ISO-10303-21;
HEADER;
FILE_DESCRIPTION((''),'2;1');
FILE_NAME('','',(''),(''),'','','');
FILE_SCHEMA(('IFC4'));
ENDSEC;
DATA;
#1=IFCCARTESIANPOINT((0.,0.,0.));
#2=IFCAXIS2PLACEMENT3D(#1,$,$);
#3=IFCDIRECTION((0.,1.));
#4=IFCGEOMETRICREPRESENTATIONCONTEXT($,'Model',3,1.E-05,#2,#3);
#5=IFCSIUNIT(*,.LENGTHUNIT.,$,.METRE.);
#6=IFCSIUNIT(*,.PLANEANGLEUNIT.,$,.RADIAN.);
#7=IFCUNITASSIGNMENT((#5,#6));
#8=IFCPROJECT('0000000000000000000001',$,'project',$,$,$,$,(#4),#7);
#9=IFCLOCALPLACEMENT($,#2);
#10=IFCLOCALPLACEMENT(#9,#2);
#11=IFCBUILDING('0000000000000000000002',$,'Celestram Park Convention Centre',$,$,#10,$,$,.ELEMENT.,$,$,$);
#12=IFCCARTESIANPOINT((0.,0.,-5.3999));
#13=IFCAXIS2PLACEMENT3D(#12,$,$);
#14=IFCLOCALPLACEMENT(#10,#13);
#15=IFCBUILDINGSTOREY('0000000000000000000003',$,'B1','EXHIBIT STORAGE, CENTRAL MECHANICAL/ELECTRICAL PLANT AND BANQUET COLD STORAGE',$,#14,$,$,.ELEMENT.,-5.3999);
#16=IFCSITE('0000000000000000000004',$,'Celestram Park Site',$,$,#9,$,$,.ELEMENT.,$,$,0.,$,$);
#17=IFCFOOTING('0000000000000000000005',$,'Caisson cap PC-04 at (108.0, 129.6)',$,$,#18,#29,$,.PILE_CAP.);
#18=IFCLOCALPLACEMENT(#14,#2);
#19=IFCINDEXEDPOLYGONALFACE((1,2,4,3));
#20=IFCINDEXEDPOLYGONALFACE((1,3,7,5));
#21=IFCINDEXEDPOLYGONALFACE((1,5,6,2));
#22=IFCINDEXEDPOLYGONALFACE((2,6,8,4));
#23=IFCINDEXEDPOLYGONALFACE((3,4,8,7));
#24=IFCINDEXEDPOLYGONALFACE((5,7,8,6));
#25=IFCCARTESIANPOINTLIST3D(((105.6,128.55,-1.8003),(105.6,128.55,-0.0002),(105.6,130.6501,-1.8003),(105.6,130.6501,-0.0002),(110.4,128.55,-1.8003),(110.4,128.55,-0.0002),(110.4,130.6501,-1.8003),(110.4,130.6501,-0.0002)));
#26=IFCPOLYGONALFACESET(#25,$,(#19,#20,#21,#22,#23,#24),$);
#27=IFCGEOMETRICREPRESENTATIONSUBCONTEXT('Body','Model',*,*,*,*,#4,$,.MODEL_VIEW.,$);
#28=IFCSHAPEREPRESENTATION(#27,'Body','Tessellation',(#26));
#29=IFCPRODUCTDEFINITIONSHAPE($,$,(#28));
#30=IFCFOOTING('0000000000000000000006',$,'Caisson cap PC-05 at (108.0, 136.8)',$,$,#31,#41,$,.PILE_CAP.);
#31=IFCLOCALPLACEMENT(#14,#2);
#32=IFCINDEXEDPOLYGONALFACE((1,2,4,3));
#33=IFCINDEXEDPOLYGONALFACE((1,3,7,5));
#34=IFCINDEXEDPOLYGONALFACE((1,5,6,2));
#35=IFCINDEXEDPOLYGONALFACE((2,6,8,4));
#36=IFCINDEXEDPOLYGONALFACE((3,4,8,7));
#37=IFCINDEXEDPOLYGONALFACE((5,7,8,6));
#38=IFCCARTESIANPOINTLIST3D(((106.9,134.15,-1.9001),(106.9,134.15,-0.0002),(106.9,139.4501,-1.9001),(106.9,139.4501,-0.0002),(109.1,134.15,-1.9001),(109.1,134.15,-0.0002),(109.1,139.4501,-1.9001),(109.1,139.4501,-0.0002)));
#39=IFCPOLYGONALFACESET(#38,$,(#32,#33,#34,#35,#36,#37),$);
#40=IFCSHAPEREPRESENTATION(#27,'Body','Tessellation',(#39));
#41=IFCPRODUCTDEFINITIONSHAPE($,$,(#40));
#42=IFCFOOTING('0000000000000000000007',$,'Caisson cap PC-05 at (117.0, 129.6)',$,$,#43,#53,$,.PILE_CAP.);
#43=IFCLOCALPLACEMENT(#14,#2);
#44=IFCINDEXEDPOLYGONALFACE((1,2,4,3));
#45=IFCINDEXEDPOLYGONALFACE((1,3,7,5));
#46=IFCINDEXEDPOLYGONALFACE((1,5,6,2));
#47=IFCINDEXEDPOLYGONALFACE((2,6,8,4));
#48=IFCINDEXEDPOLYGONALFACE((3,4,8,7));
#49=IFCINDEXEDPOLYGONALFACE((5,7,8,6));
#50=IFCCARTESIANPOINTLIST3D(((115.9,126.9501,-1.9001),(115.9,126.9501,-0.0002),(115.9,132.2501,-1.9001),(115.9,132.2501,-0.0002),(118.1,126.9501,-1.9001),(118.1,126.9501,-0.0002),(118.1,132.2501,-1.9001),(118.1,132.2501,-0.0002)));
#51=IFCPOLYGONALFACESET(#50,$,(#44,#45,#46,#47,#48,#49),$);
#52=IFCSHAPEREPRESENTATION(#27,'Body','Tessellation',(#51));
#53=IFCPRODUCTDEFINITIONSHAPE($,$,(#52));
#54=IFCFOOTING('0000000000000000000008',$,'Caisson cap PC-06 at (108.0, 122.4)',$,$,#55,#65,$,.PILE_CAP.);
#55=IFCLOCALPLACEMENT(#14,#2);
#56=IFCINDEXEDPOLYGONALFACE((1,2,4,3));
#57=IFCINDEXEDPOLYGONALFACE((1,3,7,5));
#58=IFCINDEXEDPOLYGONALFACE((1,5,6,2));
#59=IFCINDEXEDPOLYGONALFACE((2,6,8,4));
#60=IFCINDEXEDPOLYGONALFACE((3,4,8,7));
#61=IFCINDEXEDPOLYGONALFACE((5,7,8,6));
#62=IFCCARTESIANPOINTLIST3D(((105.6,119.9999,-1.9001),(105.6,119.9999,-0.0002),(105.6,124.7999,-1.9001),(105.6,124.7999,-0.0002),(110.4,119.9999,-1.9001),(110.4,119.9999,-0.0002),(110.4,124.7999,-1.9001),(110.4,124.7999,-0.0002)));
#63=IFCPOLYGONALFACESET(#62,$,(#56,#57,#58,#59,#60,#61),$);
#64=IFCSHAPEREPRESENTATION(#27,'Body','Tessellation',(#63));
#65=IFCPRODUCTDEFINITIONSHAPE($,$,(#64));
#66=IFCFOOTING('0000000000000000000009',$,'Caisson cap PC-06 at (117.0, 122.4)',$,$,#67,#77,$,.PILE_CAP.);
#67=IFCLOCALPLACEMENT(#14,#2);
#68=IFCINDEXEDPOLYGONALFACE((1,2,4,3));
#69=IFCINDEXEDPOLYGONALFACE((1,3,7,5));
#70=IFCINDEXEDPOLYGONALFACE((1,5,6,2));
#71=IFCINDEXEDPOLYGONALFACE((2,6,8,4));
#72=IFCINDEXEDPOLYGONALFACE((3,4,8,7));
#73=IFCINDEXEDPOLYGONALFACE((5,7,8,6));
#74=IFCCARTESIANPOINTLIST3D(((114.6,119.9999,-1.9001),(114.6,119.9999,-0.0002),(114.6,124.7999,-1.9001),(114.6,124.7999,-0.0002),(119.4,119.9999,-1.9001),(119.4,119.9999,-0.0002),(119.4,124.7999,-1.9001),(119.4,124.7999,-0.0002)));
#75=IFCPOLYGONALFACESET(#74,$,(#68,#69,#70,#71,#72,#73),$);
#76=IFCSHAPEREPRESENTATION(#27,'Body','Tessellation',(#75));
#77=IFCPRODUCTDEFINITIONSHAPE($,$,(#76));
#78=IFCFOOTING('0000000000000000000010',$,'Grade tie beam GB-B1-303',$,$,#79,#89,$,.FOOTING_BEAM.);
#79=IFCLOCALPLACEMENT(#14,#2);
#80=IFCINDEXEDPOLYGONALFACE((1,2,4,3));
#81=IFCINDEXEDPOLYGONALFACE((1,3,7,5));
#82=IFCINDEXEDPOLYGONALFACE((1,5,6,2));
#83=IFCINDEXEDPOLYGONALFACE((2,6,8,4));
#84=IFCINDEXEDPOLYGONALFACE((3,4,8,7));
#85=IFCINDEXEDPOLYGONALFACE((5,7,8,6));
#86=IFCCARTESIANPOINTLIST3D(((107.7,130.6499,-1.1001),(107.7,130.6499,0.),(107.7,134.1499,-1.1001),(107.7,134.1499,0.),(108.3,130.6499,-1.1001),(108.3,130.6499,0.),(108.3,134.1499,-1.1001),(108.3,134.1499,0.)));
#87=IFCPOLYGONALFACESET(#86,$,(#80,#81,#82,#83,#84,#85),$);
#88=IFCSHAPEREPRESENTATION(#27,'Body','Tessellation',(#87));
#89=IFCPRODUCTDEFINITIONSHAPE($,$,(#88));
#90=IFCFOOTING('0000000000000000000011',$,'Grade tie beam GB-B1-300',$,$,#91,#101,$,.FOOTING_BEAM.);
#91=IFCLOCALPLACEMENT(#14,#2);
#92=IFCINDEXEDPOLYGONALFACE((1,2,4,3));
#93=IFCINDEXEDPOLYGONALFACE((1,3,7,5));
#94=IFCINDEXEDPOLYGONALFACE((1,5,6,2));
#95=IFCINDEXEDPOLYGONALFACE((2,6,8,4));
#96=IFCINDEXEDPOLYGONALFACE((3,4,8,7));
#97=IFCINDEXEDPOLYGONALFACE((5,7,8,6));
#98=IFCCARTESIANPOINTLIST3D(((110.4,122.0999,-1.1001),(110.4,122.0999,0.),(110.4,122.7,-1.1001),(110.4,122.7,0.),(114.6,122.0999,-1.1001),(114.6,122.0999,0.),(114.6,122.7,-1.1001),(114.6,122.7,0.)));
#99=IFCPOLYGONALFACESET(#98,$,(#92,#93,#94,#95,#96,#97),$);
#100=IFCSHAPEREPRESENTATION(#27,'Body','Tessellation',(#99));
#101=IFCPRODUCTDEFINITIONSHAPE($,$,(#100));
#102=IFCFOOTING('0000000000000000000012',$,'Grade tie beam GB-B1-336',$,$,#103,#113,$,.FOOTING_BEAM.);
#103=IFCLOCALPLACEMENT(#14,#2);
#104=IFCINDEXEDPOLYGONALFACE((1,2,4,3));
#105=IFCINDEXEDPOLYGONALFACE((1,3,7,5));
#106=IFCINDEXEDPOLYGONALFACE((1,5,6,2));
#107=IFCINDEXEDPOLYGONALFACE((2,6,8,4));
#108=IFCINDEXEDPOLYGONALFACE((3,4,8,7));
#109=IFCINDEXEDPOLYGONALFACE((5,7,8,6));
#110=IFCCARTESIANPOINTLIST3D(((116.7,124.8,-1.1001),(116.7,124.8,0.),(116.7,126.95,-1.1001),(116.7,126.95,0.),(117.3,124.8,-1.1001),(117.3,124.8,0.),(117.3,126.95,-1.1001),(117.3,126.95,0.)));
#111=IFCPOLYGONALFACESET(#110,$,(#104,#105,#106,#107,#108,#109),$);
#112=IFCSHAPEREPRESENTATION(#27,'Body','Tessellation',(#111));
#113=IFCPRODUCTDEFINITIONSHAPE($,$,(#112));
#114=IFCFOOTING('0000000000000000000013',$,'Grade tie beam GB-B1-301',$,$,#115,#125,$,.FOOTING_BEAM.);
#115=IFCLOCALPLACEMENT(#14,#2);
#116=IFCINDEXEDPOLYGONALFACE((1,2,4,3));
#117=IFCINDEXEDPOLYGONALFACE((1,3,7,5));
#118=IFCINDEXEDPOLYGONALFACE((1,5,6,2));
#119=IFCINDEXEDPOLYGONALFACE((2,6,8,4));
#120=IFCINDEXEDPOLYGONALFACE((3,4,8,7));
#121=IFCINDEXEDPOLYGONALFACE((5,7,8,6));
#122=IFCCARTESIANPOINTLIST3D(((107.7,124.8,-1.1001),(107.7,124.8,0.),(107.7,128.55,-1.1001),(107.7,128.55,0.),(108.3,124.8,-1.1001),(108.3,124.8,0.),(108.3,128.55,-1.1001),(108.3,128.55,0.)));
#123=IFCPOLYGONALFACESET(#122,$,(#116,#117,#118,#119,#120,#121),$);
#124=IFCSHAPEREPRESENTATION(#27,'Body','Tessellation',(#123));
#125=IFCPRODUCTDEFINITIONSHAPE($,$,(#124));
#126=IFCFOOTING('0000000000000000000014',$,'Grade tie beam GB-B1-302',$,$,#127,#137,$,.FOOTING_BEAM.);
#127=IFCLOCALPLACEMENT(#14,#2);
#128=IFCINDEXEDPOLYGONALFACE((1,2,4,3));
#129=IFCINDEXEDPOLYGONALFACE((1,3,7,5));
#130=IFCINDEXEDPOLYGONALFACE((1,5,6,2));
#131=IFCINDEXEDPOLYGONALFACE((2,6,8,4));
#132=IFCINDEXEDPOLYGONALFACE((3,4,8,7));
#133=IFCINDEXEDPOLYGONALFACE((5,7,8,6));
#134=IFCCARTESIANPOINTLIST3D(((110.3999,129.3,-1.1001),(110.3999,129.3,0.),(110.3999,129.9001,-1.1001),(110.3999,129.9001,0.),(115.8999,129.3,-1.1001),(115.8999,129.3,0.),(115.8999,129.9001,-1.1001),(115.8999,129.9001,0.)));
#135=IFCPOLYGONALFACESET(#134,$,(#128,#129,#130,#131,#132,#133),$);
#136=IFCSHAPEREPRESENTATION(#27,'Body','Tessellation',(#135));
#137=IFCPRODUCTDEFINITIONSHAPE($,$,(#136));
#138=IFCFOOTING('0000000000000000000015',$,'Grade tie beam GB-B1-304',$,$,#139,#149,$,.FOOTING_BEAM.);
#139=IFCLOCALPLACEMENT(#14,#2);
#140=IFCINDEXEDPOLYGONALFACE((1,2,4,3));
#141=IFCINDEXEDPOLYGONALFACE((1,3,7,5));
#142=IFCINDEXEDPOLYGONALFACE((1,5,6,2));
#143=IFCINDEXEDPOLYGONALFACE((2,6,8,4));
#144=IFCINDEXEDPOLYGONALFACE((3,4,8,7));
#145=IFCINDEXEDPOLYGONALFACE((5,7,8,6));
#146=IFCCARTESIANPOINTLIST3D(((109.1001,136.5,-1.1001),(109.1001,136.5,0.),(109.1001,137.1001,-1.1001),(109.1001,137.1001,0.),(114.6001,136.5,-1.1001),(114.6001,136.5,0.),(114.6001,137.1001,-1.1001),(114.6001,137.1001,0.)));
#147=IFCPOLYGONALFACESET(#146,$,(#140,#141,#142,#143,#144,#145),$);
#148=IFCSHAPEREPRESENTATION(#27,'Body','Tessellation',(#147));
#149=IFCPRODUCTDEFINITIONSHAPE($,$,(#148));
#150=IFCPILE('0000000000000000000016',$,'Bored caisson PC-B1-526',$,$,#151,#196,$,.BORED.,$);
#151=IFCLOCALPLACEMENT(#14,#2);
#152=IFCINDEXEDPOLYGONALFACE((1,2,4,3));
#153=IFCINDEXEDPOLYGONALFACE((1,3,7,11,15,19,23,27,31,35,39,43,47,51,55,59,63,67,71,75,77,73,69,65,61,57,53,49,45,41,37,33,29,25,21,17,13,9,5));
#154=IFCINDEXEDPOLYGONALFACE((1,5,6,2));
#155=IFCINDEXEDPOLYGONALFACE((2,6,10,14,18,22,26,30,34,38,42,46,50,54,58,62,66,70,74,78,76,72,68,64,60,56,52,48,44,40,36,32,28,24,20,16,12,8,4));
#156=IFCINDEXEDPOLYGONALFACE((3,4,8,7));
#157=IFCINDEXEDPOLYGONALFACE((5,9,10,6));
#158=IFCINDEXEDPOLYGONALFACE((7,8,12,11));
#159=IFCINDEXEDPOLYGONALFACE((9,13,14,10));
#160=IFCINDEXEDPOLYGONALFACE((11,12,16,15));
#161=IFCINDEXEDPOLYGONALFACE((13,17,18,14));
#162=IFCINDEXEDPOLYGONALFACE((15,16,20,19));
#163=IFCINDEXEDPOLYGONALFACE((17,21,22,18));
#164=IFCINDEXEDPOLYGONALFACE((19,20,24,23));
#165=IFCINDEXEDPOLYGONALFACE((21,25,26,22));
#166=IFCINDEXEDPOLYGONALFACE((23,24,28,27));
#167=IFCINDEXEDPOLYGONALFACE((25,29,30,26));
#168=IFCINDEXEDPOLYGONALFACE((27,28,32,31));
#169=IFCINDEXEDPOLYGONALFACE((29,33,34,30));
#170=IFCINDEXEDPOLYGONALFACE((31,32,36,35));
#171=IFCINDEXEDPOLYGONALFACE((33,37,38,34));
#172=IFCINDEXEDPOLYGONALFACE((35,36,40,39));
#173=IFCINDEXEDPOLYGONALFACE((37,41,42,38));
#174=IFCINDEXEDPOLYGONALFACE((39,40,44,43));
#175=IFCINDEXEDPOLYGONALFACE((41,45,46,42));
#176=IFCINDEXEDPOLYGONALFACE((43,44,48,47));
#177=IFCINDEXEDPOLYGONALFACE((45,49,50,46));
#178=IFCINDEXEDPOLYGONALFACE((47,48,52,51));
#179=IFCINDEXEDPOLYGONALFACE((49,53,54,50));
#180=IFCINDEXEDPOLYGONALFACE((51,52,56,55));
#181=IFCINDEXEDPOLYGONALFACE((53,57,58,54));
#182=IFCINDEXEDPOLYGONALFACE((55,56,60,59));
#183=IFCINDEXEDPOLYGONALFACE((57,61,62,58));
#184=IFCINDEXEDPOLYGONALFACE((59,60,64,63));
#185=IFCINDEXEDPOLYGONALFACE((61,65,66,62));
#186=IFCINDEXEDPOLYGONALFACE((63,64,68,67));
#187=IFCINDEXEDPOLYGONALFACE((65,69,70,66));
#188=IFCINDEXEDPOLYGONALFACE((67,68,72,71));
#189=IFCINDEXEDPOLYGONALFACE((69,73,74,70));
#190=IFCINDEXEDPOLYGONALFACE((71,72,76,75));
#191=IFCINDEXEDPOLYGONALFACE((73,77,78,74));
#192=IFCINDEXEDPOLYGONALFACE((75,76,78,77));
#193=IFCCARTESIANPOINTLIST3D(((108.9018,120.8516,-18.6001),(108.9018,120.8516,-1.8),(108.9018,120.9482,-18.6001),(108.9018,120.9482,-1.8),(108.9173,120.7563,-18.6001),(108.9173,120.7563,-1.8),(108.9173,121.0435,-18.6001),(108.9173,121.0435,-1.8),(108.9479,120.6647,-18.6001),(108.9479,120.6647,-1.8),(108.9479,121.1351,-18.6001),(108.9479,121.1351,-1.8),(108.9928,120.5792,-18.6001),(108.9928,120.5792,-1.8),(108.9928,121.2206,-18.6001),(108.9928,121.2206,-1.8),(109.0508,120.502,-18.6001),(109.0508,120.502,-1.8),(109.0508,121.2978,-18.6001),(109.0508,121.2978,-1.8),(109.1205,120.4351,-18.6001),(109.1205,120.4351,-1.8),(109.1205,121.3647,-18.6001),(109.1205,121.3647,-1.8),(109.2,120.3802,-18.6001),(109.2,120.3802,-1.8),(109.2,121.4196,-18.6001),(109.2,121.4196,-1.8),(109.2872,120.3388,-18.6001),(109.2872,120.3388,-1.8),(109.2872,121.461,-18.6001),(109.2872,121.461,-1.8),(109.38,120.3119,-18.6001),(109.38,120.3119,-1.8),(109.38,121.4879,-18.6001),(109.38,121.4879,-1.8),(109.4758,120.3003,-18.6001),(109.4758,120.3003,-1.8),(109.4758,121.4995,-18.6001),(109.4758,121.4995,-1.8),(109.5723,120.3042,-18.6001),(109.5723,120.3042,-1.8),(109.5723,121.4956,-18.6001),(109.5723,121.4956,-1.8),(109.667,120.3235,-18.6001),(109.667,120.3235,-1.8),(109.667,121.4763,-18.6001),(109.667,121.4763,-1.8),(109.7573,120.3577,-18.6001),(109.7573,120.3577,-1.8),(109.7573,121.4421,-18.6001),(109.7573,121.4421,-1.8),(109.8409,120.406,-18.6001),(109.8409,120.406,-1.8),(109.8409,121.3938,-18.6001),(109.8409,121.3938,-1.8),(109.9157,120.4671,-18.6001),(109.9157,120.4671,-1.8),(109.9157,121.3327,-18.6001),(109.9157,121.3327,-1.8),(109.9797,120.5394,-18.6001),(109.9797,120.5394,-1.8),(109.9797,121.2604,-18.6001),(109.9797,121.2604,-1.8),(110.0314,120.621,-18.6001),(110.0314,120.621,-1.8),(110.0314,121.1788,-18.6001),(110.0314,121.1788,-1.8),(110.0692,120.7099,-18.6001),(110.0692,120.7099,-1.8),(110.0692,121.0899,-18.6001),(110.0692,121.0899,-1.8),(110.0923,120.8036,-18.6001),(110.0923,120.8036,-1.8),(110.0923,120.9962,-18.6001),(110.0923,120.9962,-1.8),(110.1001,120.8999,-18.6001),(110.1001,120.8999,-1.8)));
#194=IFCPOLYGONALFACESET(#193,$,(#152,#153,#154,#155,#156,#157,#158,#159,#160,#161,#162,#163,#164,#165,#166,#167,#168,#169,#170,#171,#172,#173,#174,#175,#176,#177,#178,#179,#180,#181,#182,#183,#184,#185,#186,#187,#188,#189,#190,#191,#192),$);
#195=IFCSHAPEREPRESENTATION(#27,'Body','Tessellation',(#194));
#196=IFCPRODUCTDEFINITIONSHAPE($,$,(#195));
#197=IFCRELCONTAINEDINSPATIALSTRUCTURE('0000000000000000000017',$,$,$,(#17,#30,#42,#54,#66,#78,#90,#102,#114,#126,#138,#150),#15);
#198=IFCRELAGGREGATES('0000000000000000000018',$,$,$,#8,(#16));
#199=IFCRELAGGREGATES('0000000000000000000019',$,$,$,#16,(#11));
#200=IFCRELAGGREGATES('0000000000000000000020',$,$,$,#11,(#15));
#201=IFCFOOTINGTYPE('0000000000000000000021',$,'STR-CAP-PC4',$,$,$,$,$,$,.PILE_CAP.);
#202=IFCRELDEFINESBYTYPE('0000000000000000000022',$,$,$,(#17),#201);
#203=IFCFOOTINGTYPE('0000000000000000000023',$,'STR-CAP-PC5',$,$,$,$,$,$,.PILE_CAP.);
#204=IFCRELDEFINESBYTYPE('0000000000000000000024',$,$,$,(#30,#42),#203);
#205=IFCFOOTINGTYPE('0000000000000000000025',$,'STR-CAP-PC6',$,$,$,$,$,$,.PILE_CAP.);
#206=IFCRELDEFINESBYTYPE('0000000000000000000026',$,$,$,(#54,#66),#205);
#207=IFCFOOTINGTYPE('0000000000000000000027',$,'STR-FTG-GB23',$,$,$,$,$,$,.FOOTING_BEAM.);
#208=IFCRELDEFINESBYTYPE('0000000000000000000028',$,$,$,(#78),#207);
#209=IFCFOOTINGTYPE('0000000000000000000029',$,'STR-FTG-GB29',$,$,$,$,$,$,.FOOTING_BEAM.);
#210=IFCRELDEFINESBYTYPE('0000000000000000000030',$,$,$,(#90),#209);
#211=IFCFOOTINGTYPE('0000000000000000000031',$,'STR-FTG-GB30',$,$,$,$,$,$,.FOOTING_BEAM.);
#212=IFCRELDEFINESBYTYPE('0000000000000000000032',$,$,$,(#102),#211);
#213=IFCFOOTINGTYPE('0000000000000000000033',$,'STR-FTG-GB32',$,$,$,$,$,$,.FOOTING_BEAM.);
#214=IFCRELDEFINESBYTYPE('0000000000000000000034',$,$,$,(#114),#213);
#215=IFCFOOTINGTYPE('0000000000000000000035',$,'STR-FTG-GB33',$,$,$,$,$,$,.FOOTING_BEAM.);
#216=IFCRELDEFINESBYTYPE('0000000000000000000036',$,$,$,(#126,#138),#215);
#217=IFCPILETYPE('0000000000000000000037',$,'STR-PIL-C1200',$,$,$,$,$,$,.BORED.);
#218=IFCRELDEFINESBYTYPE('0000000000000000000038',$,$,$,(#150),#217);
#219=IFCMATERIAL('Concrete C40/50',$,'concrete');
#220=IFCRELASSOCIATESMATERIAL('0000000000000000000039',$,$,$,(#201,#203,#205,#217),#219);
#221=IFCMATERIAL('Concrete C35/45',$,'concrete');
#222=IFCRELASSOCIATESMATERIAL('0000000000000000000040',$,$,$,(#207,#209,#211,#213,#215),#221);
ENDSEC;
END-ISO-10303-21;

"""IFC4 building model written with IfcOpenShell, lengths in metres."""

from ifc_helpers import new_model, si_unit, direction, frame, origin, origin_2d, place, context, subcontext, project, spatial, rectangle, circle, extrude, material, material_profile, profile_set, type_object, element, save


model = new_model("IFC4")

# Units and contexts
model_context = context("Model", 3, precision=1e-05, world=origin(), true_north=direction((0.0, 1.0)))
body_context = subcontext(model_context, "Body", "Model", "MODEL_VIEW")
ifc_project = project(units=[si_unit("LENGTHUNIT", "METRE"), si_unit("PLANEANGLEUNIT", "RADIAN")], contexts=[model_context])

# Site, building, storey
site_placement = place(None, origin())
site = spatial("IfcSite", under=ifc_project, at=site_placement, Name="Celestram Park Site", CompositionType="ELEMENT", RefElevation=0.0)
building_placement = place(site_placement, origin())
building = spatial("IfcBuilding", under=site, at=building_placement, Name="Celestram Park Convention Centre", CompositionType="ELEMENT")
storey_placement = place(building_placement, frame((0.0, 0.0, -5.3999)))
storey = spatial("IfcBuildingStorey", under=building, at=storey_placement, Name="B1", Description="EXHIBIT STORAGE, CENTRAL MECHANICAL/ELECTRICAL PLANT AND BANQUET COLD STORAGE", CompositionType="ELEMENT", Elevation=-5.3999)

# Footings
ifc_material_1 = material(Name="Concrete C40/50", Category="concrete")
footing_type_1 = type_object("IfcFootingType", Name="STR-CAP-PC4", PredefinedType="PILE_CAP", material=ifc_material_1)
footing_1_placement = place(storey_placement, frame((108.0, 129.6001, -1.8003), z_axis=(0.0, 0.0, 1.0), x_axis=(1.0, 0.0, 0.0)))
element("IfcFooting", 1, at=footing_1_placement, inside=storey, type_object=footing_type_1, Name="Caisson cap PC-04 at (108.0, 129.6)", PredefinedType="PILE_CAP", context=body_context, shape_type="SweptSolid", body=[
    extrude(rectangle(XDim=4.8, YDim=2.1001, at=origin_2d()), origin(), (0.0, 0.0, 1.0), 1.8),
])
footing_type_2 = type_object("IfcFootingType", Name="STR-CAP-PC5", PredefinedType="PILE_CAP", material=ifc_material_1)
for number, where, z_axis, x_axis, name in (
    (2, (108.0, 136.8, -1.9001), (0.0, 0.0, 1.0), (1.0, 0.0, 0.0), "Caisson cap PC-05 at (108.0, 136.8)"),
    (3, (117.0, 129.6001, -1.9001), (0.0, 0.0, 1.0), (1.0, 0.0, 0.0), "Caisson cap PC-05 at (117.0, 129.6)"),
):
    element("IfcFooting", number, at=place(storey_placement, frame(where, z_axis=z_axis, x_axis=x_axis)), inside=storey, type_object=footing_type_2, Name=name, PredefinedType="PILE_CAP", context=body_context, shape_type="SweptSolid", body=[
        extrude(rectangle(XDim=2.2, YDim=5.3, at=origin_2d()), origin(), (0.0, 0.0, 1.0), 1.8999),
    ])
footing_type_3 = type_object("IfcFootingType", Name="STR-CAP-PC6", PredefinedType="PILE_CAP", material=ifc_material_1)
for number, where, z_axis, x_axis, name in (
    (4, (108.0, 122.3999, -1.9001), (0.0, 0.0, 1.0), (1.0, 0.0, 0.0), "Caisson cap PC-06 at (108.0, 122.4)"),
    (5, (117.0, 122.3999, -1.9001), (0.0, 0.0, 1.0), (1.0, 0.0, 0.0), "Caisson cap PC-06 at (117.0, 122.4)"),
):
    element("IfcFooting", number, at=place(storey_placement, frame(where, z_axis=z_axis, x_axis=x_axis)), inside=storey, type_object=footing_type_3, Name=name, PredefinedType="PILE_CAP", context=body_context, shape_type="SweptSolid", body=[
        extrude(rectangle(XDim=4.8, YDim=4.8, at=origin_2d()), origin(), (0.0, 0.0, 1.0), 1.8999),
    ])
ifc_material_2 = material(Name="Concrete C35/45", Category="concrete")
footing_type_4 = type_object("IfcFootingType", Name="STR-FTG-GB23", PredefinedType="FOOTING_BEAM", material=ifc_material_2)
footing_2_placement = place(storey_placement, frame((108.0, 132.3999, -1.1001), z_axis=(0.0, 0.0, 1.0), x_axis=(0.0, 1.0, 0.0)))
element("IfcFooting", 6, at=footing_2_placement, inside=storey, type_object=footing_type_4, Name="Grade tie beam GB-B1-303", PredefinedType="FOOTING_BEAM", context=body_context, shape_type="SweptSolid", body=[
    extrude(rectangle(XDim=3.5, YDim=0.6001, at=origin_2d()), origin(), (0.0, 0.0, 1.0), 1.1001),
])
footing_type_5 = type_object("IfcFootingType", Name="STR-FTG-GB29", PredefinedType="FOOTING_BEAM", material=ifc_material_2)
footing_3_placement = place(storey_placement, frame((112.5, 122.3999, -1.1001), z_axis=(0.0, 0.0, 1.0), x_axis=(1.0, 0.0, 0.0)))
element("IfcFooting", 7, at=footing_3_placement, inside=storey, type_object=footing_type_5, Name="Grade tie beam GB-B1-300", PredefinedType="FOOTING_BEAM", context=body_context, shape_type="SweptSolid", body=[
    extrude(rectangle(XDim=4.2, YDim=0.6001, at=origin_2d()), origin(), (0.0, 0.0, 1.0), 1.1001),
])
footing_type_6 = type_object("IfcFootingType", Name="STR-FTG-GB30", PredefinedType="FOOTING_BEAM", material=ifc_material_2)
footing_4_placement = place(storey_placement, frame((117.0, 125.875, -1.1001), z_axis=(0.0, 0.0, 1.0), x_axis=(0.0, 1.0, 0.0)))
element("IfcFooting", 8, at=footing_4_placement, inside=storey, type_object=footing_type_6, Name="Grade tie beam GB-B1-336", PredefinedType="FOOTING_BEAM", context=body_context, shape_type="SweptSolid", body=[
    extrude(rectangle(XDim=2.1499, YDim=0.6001, at=origin_2d()), origin(), (0.0, 0.0, 1.0), 1.1001),
])
footing_type_7 = type_object("IfcFootingType", Name="STR-FTG-GB32", PredefinedType="FOOTING_BEAM", material=ifc_material_2)
footing_5_placement = place(storey_placement, frame((108.0, 126.675, -1.1001), z_axis=(0.0, 0.0, 1.0), x_axis=(0.0, 1.0, 0.0)))
element("IfcFooting", 9, at=footing_5_placement, inside=storey, type_object=footing_type_7, Name="Grade tie beam GB-B1-301", PredefinedType="FOOTING_BEAM", context=body_context, shape_type="SweptSolid", body=[
    extrude(rectangle(XDim=3.75, YDim=0.6001, at=origin_2d()), origin(), (0.0, 0.0, 1.0), 1.1001),
])
footing_type_8 = type_object("IfcFootingType", Name="STR-FTG-GB33", PredefinedType="FOOTING_BEAM", material=ifc_material_2)
for number, where, z_axis, x_axis, name in (
    (10, (113.1499, 129.6001, -1.1001), (0.0, 0.0, 1.0), (1.0, 0.0, 0.0), "Grade tie beam GB-B1-302"),
    (11, (111.8501, 136.8, -1.1001), (0.0, 0.0, 1.0), (1.0, 0.0, 0.0), "Grade tie beam GB-B1-304"),
):
    element("IfcFooting", number, at=place(storey_placement, frame(where, z_axis=z_axis, x_axis=x_axis)), inside=storey, type_object=footing_type_8, Name=name, PredefinedType="FOOTING_BEAM", context=body_context, shape_type="SweptSolid", body=[
        extrude(rectangle(XDim=5.5, YDim=0.6001, at=origin_2d()), origin(), (0.0, 0.0, 1.0), 1.1001),
    ])

# Pile
ifc_material_profile_1 = material_profile(ifc_material_1, circle(Radius=0.6001, at=origin_2d()), Name="CAISSON1200")
ifc_profile_set_1 = profile_set([ifc_material_profile_1], Name="Concrete C40/50")
pile_type_1 = type_object("IfcPileType", Name="STR-PIL-C1200", PredefinedType="BORED", material=ifc_profile_set_1)
for number, where, z_axis, x_axis, name in (
    (12, (109.5, 120.8999, -1.8), (0.0, 0.0, -1.0), (1.0, 0.0, 0.0), "Bored caisson PC-B1-526"),
):
    element("IfcPile", number, at=place(storey_placement, frame(where, z_axis=z_axis, x_axis=x_axis)), inside=storey, type_object=pile_type_1, Name=name, PredefinedType="BORED", context=body_context, shape_type="SweptSolid", body=[
        extrude(circle(Radius=0.6001, at=origin_2d()), origin(), (0.0, 0.0, 1.0), 16.8),
    ])

save(model, "model.ifc")
